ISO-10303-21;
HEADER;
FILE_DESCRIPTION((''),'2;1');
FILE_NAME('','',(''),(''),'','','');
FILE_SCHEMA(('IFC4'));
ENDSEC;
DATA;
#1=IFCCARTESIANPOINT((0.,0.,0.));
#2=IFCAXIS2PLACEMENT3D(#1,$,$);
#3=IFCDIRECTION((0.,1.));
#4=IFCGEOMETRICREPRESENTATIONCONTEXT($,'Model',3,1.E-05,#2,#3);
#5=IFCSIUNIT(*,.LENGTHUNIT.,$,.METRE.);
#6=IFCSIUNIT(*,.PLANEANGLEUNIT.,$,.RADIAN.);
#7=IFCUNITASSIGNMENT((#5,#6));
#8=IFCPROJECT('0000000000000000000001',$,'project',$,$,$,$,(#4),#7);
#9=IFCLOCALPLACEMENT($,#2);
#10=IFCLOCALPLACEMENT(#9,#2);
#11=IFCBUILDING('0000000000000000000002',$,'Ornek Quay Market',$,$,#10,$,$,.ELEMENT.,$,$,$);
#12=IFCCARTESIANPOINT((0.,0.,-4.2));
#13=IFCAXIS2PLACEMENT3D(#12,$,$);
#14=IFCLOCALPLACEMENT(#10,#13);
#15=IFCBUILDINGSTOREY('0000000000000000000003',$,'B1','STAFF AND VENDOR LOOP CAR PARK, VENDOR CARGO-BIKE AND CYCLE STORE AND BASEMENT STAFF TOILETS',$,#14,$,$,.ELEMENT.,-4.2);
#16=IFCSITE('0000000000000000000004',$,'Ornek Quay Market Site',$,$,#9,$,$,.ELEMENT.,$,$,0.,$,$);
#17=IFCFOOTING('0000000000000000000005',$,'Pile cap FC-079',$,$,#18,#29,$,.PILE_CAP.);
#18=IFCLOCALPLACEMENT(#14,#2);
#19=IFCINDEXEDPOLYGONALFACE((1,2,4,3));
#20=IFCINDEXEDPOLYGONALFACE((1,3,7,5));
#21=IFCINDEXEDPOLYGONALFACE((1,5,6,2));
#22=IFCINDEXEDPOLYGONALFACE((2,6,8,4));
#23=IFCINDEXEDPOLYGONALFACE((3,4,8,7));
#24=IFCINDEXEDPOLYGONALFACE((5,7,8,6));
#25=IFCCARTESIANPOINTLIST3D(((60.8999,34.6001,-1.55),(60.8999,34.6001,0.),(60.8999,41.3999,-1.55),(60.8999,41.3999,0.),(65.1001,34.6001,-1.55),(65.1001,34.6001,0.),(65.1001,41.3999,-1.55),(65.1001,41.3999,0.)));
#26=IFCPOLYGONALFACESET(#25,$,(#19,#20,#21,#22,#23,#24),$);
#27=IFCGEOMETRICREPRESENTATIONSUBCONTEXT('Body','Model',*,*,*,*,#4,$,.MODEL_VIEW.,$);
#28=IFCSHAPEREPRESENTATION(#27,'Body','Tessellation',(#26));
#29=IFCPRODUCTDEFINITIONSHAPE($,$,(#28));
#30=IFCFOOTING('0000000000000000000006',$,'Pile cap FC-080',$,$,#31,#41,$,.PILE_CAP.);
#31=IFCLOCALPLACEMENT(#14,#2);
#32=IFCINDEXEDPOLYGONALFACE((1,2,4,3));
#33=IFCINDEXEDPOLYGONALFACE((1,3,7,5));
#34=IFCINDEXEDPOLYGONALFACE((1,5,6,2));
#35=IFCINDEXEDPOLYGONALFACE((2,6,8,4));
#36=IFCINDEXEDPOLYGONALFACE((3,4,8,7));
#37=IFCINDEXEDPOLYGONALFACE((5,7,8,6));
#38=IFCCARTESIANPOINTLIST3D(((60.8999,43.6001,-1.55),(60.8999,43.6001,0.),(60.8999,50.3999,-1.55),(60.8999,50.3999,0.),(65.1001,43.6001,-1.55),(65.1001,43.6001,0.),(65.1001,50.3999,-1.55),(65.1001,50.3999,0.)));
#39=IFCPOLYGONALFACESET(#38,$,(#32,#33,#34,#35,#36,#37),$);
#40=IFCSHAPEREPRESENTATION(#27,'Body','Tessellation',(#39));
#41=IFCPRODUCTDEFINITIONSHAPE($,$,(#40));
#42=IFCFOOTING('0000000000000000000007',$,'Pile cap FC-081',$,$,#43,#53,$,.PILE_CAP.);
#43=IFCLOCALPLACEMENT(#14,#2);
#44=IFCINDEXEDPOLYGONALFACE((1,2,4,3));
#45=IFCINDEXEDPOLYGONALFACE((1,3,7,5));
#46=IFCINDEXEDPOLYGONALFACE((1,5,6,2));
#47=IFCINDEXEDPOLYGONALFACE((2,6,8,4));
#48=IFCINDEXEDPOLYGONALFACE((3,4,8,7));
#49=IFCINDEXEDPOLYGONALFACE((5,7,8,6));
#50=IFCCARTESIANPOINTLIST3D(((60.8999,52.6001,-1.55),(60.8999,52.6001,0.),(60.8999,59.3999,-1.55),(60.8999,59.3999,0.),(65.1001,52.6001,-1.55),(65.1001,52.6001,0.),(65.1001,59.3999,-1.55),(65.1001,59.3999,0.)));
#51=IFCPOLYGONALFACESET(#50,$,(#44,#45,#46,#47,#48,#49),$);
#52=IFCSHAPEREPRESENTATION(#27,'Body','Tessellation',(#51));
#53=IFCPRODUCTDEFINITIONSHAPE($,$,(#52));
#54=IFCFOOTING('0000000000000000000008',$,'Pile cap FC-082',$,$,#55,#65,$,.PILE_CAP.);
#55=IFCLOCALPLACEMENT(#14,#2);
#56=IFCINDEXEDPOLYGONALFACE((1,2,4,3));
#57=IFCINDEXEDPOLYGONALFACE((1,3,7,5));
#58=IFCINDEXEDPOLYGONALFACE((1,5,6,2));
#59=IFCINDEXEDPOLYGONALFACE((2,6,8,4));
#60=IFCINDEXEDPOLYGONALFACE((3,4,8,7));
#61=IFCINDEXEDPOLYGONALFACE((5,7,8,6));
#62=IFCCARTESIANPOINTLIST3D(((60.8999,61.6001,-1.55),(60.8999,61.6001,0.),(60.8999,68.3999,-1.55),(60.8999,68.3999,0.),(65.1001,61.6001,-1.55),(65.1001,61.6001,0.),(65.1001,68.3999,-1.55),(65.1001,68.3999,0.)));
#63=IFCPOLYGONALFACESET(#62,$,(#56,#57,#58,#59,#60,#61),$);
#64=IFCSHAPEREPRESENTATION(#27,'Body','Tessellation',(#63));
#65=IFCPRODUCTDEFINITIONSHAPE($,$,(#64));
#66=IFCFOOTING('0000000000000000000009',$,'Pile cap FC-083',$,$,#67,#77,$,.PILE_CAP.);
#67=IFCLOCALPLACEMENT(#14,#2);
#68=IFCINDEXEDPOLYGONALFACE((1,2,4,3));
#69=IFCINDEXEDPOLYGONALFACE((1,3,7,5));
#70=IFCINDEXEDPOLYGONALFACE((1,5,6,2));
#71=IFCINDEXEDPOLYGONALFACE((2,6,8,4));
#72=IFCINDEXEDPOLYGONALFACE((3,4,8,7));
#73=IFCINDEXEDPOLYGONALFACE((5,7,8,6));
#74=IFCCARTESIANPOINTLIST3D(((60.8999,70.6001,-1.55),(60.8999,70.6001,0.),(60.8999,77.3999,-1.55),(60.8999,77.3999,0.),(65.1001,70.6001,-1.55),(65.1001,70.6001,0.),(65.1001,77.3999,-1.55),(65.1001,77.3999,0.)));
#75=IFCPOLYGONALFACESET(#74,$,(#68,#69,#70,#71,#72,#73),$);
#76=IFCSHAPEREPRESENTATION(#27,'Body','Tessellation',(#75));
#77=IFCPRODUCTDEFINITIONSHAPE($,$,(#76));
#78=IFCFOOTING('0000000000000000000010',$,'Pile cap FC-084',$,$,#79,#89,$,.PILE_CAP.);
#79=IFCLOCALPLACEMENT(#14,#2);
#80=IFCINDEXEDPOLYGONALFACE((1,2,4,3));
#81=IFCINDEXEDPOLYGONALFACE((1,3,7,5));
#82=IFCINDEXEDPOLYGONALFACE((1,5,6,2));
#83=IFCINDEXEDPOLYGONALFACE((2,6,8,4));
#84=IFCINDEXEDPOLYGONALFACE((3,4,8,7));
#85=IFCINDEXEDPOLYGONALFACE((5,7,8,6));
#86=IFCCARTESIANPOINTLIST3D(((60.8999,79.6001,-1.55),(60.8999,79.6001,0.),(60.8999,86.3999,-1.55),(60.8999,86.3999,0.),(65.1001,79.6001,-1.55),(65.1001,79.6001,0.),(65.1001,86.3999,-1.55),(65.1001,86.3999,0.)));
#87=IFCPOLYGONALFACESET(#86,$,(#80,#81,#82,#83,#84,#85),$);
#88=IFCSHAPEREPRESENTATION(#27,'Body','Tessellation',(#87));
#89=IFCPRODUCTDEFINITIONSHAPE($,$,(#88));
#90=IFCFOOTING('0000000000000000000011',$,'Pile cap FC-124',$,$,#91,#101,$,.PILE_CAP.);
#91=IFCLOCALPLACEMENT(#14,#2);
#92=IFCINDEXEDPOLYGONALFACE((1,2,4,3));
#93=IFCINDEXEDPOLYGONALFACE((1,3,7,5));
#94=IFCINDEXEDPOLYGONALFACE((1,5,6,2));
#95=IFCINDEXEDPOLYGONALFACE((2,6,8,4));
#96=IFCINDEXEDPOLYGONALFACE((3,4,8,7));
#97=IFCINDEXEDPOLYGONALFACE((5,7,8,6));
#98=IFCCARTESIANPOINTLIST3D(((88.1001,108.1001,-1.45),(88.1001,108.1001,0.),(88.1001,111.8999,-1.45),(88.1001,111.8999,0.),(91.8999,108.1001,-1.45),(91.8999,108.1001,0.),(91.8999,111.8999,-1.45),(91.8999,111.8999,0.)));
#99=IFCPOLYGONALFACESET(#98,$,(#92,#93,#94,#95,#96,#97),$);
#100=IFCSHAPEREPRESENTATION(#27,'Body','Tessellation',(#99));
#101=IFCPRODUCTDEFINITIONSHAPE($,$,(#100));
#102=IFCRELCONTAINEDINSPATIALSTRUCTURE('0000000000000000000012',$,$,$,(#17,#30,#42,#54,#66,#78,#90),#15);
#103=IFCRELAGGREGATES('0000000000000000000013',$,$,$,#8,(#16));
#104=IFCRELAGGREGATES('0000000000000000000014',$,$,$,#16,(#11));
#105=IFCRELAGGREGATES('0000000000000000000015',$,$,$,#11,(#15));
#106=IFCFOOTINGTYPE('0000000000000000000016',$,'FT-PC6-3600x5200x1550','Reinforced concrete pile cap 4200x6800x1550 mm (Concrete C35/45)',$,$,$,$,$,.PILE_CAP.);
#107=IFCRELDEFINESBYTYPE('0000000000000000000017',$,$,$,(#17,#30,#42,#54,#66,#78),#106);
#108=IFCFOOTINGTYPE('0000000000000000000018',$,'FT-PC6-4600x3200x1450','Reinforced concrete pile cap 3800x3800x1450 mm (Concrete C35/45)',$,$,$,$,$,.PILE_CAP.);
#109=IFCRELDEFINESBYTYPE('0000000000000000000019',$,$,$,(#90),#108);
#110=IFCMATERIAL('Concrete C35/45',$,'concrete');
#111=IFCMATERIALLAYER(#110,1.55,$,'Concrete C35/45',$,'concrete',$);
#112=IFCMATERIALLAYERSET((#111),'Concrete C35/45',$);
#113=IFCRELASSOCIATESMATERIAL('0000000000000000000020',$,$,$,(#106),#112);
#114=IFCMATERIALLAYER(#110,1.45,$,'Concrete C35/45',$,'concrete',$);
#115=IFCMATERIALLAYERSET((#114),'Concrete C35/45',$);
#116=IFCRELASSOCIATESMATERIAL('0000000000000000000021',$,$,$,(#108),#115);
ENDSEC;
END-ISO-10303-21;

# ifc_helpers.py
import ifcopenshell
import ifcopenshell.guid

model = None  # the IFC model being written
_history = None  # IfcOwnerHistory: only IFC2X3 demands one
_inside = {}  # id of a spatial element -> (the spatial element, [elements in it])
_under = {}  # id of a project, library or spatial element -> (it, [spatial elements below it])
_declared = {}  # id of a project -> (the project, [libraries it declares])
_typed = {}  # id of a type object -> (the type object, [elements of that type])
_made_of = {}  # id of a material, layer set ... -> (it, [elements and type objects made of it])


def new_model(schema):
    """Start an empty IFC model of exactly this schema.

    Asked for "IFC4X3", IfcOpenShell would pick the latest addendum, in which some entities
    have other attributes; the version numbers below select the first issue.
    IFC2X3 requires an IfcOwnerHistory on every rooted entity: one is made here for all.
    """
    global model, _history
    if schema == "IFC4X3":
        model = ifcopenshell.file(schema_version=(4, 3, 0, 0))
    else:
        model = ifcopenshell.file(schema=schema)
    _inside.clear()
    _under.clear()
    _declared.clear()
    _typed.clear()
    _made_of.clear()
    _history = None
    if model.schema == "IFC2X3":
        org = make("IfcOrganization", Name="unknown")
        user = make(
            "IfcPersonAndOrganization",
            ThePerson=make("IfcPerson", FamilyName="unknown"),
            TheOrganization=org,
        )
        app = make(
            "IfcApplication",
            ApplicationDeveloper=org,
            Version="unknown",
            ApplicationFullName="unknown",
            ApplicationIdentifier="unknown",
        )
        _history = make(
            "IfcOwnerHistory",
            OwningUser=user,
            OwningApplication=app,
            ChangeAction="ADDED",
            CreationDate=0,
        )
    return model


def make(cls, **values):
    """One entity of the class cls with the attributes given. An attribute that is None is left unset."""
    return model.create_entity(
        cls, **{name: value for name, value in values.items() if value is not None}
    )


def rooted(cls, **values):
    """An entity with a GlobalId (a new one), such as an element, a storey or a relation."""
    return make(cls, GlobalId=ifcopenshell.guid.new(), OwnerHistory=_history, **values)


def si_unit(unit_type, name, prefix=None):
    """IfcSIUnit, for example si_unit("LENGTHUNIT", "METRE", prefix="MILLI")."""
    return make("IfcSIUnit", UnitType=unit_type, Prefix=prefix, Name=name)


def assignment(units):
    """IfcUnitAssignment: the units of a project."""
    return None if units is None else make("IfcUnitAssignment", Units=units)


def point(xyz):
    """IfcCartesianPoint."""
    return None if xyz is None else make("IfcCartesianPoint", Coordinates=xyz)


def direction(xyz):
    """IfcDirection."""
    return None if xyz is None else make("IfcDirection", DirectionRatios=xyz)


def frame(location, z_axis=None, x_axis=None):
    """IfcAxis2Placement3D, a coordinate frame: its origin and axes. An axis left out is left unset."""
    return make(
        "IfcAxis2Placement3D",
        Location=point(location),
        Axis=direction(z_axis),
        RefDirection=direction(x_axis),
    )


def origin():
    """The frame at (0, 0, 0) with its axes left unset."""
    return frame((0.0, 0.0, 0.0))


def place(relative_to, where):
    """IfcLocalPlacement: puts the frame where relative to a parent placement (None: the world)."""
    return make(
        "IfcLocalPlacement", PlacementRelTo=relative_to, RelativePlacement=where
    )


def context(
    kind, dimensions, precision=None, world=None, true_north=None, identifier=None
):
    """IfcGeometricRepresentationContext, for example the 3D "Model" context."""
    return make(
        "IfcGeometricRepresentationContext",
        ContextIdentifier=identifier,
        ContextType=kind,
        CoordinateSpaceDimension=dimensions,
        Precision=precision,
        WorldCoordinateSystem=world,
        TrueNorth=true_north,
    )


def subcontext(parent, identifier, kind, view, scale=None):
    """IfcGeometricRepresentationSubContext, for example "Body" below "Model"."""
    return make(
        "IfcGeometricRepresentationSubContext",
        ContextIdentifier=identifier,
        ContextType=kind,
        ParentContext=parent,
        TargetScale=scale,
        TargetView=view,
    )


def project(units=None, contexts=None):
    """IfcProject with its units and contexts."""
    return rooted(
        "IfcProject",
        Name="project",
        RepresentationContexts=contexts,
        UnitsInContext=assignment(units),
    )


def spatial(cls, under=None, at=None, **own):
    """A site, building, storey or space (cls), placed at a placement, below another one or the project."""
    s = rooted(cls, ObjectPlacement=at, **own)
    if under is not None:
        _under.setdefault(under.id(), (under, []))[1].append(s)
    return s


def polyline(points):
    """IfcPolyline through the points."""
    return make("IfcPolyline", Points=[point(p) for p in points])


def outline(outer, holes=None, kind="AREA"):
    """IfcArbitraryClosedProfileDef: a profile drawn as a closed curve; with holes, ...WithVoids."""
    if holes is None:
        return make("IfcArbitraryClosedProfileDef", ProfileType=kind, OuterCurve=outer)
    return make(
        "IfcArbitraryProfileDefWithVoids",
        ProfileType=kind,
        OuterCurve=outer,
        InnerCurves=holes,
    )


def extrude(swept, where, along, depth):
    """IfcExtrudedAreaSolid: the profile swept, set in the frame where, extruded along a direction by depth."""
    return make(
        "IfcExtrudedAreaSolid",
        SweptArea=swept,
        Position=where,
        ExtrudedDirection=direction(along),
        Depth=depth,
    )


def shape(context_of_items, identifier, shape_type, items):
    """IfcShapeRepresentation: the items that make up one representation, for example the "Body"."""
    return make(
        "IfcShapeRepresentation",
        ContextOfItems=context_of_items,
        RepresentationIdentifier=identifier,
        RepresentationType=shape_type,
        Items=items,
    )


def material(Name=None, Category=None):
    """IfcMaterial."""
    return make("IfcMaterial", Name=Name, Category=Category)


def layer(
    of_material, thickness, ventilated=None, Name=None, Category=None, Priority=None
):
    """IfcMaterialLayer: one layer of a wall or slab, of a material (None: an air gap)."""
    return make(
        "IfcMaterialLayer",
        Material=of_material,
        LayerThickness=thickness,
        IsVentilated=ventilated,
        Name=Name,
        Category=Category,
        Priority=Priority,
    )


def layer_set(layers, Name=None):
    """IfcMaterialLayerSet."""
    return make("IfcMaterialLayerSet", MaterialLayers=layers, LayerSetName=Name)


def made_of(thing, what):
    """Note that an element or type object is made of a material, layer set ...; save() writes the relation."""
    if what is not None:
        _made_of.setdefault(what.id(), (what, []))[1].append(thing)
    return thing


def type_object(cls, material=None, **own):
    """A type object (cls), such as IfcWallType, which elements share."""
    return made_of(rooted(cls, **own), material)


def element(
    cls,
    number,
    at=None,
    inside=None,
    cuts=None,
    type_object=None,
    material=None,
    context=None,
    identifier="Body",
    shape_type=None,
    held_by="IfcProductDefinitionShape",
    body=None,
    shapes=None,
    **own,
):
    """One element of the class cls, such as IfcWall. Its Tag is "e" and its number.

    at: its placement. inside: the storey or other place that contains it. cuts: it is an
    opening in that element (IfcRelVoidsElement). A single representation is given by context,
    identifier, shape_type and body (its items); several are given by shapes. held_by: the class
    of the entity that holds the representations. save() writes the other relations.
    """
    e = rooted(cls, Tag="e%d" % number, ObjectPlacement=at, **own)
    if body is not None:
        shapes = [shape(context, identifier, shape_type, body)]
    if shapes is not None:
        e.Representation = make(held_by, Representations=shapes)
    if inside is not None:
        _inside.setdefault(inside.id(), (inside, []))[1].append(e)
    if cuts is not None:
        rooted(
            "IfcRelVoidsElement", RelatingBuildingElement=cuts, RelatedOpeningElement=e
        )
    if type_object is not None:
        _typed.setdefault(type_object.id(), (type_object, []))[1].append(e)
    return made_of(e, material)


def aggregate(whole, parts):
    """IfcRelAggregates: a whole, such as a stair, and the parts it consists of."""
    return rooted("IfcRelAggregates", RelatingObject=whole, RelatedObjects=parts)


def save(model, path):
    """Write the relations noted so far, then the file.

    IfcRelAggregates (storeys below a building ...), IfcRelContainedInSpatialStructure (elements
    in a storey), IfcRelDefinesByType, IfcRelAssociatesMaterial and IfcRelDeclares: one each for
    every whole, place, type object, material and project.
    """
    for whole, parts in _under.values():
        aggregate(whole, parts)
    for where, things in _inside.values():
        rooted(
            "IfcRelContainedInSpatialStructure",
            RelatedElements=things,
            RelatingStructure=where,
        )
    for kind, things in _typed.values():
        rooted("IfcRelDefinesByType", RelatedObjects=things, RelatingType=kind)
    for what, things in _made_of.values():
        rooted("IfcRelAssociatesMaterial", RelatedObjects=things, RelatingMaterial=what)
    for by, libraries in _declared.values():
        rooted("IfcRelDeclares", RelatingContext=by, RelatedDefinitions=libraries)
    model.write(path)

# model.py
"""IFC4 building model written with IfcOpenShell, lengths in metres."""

from ifc_helpers import new_model, si_unit, direction, frame, origin, place, context, subcontext, project, spatial, polyline, outline, extrude, material, layer, layer_set, type_object, element, save


model = new_model("IFC4")

# Units and contexts
model_context = context("Model", 3, precision=1e-05, world=origin(), true_north=direction((0.0, 1.0)))
body_context = subcontext(model_context, "Body", "Model", "MODEL_VIEW")
ifc_project = project(units=[si_unit("LENGTHUNIT", "METRE"), si_unit("PLANEANGLEUNIT", "RADIAN")], contexts=[model_context])

# Site, building, storey
site_placement = place(None, origin())
site = spatial("IfcSite", under=ifc_project, at=site_placement, Name="Ornek Quay Market Site", CompositionType="ELEMENT", RefElevation=0.0)
building_placement = place(site_placement, origin())
building = spatial("IfcBuilding", under=site, at=building_placement, Name="Ornek Quay Market", CompositionType="ELEMENT")
storey_placement = place(building_placement, frame((0.0, 0.0, -4.2)))
storey = spatial("IfcBuildingStorey", under=building, at=storey_placement, Name="B1", Description="STAFF AND VENDOR LOOP CAR PARK, VENDOR CARGO-BIKE AND CYCLE STORE AND BASEMENT STAFF TOILETS", CompositionType="ELEMENT", Elevation=-4.2)

# Footings
ifc_material = material(Name="Concrete C35/45", Category="concrete")
ifc_layer_1 = layer(ifc_material, 1.55, Name="Concrete C35/45", Category="concrete")
ifc_layer_set_1 = layer_set([ifc_layer_1], Name="Concrete C35/45")
footing_type_1 = type_object("IfcFootingType", Name="FT-PC6-3600x5200x1550", Description="Reinforced concrete pile cap 4200x6800x1550 mm (Concrete C35/45)", PredefinedType="PILE_CAP", material=ifc_layer_set_1)
footing_1_placement = place(storey_placement, frame((0.0, 0.0, -1.55)))
element("IfcFooting", 1, at=footing_1_placement, inside=storey, type_object=footing_type_1, Name="Pile cap FC-079", PredefinedType="PILE_CAP", context=body_context, shape_type="SweptSolid", body=[
    extrude(outline(polyline([(60.8999, 34.6001), (65.1001, 34.6001), (65.1001, 41.3999), (60.8999, 41.3999), (60.8999, 34.6001)])), origin(), (0.0, 0.0, 1.0), 1.55),
])
footing_2_placement = place(storey_placement, frame((0.0, 0.0, -1.55)))
element("IfcFooting", 2, at=footing_2_placement, inside=storey, type_object=footing_type_1, Name="Pile cap FC-080", PredefinedType="PILE_CAP", context=body_context, shape_type="SweptSolid", body=[
    extrude(outline(polyline([(60.8999, 43.6001), (65.1001, 43.6001), (65.1001, 50.3999), (60.8999, 50.3999), (60.8999, 43.6001)])), origin(), (0.0, 0.0, 1.0), 1.55),
])
footing_3_placement = place(storey_placement, frame((0.0, 0.0, -1.55)))
element("IfcFooting", 3, at=footing_3_placement, inside=storey, type_object=footing_type_1, Name="Pile cap FC-081", PredefinedType="PILE_CAP", context=body_context, shape_type="SweptSolid", body=[
    extrude(outline(polyline([(60.8999, 52.6001), (65.1001, 52.6001), (65.1001, 59.3999), (60.8999, 59.3999), (60.8999, 52.6001)])), origin(), (0.0, 0.0, 1.0), 1.55),
])
footing_4_placement = place(storey_placement, frame((0.0, 0.0, -1.55)))
element("IfcFooting", 4, at=footing_4_placement, inside=storey, type_object=footing_type_1, Name="Pile cap FC-082", PredefinedType="PILE_CAP", context=body_context, shape_type="SweptSolid", body=[
    extrude(outline(polyline([(60.8999, 61.6001), (65.1001, 61.6001), (65.1001, 68.3999), (60.8999, 68.3999), (60.8999, 61.6001)])), origin(), (0.0, 0.0, 1.0), 1.55),
])
footing_5_placement = place(storey_placement, frame((0.0, 0.0, -1.55)))
element("IfcFooting", 5, at=footing_5_placement, inside=storey, type_object=footing_type_1, Name="Pile cap FC-083", PredefinedType="PILE_CAP", context=body_context, shape_type="SweptSolid", body=[
    extrude(outline(polyline([(60.8999, 70.6001), (65.1001, 70.6001), (65.1001, 77.3999), (60.8999, 77.3999), (60.8999, 70.6001)])), origin(), (0.0, 0.0, 1.0), 1.55),
])
footing_6_placement = place(storey_placement, frame((0.0, 0.0, -1.55)))
element("IfcFooting", 6, at=footing_6_placement, inside=storey, type_object=footing_type_1, Name="Pile cap FC-084", PredefinedType="PILE_CAP", context=body_context, shape_type="SweptSolid", body=[
    extrude(outline(polyline([(60.8999, 79.6001), (65.1001, 79.6001), (65.1001, 86.3999), (60.8999, 86.3999), (60.8999, 79.6001)])), origin(), (0.0, 0.0, 1.0), 1.55),
])
ifc_layer_2 = layer(ifc_material, 1.45, Name="Concrete C35/45", Category="concrete")
ifc_layer_set_2 = layer_set([ifc_layer_2], Name="Concrete C35/45")
footing_type_2 = type_object("IfcFootingType", Name="FT-PC6-4600x3200x1450", Description="Reinforced concrete pile cap 3800x3800x1450 mm (Concrete C35/45)", PredefinedType="PILE_CAP", material=ifc_layer_set_2)
footing_7_placement = place(storey_placement, frame((0.0, 0.0, -1.45)))
element("IfcFooting", 7, at=footing_7_placement, inside=storey, type_object=footing_type_2, Name="Pile cap FC-124", PredefinedType="PILE_CAP", context=body_context, shape_type="SweptSolid", body=[
    extrude(outline(polyline([(88.1001, 108.1001), (91.8999, 108.1001), (91.8999, 111.8999), (88.1001, 111.8999), (88.1001, 108.1001)])), origin(), (0.0, 0.0, 1.0), 1.45),
])

save(model, "model.ifc")
